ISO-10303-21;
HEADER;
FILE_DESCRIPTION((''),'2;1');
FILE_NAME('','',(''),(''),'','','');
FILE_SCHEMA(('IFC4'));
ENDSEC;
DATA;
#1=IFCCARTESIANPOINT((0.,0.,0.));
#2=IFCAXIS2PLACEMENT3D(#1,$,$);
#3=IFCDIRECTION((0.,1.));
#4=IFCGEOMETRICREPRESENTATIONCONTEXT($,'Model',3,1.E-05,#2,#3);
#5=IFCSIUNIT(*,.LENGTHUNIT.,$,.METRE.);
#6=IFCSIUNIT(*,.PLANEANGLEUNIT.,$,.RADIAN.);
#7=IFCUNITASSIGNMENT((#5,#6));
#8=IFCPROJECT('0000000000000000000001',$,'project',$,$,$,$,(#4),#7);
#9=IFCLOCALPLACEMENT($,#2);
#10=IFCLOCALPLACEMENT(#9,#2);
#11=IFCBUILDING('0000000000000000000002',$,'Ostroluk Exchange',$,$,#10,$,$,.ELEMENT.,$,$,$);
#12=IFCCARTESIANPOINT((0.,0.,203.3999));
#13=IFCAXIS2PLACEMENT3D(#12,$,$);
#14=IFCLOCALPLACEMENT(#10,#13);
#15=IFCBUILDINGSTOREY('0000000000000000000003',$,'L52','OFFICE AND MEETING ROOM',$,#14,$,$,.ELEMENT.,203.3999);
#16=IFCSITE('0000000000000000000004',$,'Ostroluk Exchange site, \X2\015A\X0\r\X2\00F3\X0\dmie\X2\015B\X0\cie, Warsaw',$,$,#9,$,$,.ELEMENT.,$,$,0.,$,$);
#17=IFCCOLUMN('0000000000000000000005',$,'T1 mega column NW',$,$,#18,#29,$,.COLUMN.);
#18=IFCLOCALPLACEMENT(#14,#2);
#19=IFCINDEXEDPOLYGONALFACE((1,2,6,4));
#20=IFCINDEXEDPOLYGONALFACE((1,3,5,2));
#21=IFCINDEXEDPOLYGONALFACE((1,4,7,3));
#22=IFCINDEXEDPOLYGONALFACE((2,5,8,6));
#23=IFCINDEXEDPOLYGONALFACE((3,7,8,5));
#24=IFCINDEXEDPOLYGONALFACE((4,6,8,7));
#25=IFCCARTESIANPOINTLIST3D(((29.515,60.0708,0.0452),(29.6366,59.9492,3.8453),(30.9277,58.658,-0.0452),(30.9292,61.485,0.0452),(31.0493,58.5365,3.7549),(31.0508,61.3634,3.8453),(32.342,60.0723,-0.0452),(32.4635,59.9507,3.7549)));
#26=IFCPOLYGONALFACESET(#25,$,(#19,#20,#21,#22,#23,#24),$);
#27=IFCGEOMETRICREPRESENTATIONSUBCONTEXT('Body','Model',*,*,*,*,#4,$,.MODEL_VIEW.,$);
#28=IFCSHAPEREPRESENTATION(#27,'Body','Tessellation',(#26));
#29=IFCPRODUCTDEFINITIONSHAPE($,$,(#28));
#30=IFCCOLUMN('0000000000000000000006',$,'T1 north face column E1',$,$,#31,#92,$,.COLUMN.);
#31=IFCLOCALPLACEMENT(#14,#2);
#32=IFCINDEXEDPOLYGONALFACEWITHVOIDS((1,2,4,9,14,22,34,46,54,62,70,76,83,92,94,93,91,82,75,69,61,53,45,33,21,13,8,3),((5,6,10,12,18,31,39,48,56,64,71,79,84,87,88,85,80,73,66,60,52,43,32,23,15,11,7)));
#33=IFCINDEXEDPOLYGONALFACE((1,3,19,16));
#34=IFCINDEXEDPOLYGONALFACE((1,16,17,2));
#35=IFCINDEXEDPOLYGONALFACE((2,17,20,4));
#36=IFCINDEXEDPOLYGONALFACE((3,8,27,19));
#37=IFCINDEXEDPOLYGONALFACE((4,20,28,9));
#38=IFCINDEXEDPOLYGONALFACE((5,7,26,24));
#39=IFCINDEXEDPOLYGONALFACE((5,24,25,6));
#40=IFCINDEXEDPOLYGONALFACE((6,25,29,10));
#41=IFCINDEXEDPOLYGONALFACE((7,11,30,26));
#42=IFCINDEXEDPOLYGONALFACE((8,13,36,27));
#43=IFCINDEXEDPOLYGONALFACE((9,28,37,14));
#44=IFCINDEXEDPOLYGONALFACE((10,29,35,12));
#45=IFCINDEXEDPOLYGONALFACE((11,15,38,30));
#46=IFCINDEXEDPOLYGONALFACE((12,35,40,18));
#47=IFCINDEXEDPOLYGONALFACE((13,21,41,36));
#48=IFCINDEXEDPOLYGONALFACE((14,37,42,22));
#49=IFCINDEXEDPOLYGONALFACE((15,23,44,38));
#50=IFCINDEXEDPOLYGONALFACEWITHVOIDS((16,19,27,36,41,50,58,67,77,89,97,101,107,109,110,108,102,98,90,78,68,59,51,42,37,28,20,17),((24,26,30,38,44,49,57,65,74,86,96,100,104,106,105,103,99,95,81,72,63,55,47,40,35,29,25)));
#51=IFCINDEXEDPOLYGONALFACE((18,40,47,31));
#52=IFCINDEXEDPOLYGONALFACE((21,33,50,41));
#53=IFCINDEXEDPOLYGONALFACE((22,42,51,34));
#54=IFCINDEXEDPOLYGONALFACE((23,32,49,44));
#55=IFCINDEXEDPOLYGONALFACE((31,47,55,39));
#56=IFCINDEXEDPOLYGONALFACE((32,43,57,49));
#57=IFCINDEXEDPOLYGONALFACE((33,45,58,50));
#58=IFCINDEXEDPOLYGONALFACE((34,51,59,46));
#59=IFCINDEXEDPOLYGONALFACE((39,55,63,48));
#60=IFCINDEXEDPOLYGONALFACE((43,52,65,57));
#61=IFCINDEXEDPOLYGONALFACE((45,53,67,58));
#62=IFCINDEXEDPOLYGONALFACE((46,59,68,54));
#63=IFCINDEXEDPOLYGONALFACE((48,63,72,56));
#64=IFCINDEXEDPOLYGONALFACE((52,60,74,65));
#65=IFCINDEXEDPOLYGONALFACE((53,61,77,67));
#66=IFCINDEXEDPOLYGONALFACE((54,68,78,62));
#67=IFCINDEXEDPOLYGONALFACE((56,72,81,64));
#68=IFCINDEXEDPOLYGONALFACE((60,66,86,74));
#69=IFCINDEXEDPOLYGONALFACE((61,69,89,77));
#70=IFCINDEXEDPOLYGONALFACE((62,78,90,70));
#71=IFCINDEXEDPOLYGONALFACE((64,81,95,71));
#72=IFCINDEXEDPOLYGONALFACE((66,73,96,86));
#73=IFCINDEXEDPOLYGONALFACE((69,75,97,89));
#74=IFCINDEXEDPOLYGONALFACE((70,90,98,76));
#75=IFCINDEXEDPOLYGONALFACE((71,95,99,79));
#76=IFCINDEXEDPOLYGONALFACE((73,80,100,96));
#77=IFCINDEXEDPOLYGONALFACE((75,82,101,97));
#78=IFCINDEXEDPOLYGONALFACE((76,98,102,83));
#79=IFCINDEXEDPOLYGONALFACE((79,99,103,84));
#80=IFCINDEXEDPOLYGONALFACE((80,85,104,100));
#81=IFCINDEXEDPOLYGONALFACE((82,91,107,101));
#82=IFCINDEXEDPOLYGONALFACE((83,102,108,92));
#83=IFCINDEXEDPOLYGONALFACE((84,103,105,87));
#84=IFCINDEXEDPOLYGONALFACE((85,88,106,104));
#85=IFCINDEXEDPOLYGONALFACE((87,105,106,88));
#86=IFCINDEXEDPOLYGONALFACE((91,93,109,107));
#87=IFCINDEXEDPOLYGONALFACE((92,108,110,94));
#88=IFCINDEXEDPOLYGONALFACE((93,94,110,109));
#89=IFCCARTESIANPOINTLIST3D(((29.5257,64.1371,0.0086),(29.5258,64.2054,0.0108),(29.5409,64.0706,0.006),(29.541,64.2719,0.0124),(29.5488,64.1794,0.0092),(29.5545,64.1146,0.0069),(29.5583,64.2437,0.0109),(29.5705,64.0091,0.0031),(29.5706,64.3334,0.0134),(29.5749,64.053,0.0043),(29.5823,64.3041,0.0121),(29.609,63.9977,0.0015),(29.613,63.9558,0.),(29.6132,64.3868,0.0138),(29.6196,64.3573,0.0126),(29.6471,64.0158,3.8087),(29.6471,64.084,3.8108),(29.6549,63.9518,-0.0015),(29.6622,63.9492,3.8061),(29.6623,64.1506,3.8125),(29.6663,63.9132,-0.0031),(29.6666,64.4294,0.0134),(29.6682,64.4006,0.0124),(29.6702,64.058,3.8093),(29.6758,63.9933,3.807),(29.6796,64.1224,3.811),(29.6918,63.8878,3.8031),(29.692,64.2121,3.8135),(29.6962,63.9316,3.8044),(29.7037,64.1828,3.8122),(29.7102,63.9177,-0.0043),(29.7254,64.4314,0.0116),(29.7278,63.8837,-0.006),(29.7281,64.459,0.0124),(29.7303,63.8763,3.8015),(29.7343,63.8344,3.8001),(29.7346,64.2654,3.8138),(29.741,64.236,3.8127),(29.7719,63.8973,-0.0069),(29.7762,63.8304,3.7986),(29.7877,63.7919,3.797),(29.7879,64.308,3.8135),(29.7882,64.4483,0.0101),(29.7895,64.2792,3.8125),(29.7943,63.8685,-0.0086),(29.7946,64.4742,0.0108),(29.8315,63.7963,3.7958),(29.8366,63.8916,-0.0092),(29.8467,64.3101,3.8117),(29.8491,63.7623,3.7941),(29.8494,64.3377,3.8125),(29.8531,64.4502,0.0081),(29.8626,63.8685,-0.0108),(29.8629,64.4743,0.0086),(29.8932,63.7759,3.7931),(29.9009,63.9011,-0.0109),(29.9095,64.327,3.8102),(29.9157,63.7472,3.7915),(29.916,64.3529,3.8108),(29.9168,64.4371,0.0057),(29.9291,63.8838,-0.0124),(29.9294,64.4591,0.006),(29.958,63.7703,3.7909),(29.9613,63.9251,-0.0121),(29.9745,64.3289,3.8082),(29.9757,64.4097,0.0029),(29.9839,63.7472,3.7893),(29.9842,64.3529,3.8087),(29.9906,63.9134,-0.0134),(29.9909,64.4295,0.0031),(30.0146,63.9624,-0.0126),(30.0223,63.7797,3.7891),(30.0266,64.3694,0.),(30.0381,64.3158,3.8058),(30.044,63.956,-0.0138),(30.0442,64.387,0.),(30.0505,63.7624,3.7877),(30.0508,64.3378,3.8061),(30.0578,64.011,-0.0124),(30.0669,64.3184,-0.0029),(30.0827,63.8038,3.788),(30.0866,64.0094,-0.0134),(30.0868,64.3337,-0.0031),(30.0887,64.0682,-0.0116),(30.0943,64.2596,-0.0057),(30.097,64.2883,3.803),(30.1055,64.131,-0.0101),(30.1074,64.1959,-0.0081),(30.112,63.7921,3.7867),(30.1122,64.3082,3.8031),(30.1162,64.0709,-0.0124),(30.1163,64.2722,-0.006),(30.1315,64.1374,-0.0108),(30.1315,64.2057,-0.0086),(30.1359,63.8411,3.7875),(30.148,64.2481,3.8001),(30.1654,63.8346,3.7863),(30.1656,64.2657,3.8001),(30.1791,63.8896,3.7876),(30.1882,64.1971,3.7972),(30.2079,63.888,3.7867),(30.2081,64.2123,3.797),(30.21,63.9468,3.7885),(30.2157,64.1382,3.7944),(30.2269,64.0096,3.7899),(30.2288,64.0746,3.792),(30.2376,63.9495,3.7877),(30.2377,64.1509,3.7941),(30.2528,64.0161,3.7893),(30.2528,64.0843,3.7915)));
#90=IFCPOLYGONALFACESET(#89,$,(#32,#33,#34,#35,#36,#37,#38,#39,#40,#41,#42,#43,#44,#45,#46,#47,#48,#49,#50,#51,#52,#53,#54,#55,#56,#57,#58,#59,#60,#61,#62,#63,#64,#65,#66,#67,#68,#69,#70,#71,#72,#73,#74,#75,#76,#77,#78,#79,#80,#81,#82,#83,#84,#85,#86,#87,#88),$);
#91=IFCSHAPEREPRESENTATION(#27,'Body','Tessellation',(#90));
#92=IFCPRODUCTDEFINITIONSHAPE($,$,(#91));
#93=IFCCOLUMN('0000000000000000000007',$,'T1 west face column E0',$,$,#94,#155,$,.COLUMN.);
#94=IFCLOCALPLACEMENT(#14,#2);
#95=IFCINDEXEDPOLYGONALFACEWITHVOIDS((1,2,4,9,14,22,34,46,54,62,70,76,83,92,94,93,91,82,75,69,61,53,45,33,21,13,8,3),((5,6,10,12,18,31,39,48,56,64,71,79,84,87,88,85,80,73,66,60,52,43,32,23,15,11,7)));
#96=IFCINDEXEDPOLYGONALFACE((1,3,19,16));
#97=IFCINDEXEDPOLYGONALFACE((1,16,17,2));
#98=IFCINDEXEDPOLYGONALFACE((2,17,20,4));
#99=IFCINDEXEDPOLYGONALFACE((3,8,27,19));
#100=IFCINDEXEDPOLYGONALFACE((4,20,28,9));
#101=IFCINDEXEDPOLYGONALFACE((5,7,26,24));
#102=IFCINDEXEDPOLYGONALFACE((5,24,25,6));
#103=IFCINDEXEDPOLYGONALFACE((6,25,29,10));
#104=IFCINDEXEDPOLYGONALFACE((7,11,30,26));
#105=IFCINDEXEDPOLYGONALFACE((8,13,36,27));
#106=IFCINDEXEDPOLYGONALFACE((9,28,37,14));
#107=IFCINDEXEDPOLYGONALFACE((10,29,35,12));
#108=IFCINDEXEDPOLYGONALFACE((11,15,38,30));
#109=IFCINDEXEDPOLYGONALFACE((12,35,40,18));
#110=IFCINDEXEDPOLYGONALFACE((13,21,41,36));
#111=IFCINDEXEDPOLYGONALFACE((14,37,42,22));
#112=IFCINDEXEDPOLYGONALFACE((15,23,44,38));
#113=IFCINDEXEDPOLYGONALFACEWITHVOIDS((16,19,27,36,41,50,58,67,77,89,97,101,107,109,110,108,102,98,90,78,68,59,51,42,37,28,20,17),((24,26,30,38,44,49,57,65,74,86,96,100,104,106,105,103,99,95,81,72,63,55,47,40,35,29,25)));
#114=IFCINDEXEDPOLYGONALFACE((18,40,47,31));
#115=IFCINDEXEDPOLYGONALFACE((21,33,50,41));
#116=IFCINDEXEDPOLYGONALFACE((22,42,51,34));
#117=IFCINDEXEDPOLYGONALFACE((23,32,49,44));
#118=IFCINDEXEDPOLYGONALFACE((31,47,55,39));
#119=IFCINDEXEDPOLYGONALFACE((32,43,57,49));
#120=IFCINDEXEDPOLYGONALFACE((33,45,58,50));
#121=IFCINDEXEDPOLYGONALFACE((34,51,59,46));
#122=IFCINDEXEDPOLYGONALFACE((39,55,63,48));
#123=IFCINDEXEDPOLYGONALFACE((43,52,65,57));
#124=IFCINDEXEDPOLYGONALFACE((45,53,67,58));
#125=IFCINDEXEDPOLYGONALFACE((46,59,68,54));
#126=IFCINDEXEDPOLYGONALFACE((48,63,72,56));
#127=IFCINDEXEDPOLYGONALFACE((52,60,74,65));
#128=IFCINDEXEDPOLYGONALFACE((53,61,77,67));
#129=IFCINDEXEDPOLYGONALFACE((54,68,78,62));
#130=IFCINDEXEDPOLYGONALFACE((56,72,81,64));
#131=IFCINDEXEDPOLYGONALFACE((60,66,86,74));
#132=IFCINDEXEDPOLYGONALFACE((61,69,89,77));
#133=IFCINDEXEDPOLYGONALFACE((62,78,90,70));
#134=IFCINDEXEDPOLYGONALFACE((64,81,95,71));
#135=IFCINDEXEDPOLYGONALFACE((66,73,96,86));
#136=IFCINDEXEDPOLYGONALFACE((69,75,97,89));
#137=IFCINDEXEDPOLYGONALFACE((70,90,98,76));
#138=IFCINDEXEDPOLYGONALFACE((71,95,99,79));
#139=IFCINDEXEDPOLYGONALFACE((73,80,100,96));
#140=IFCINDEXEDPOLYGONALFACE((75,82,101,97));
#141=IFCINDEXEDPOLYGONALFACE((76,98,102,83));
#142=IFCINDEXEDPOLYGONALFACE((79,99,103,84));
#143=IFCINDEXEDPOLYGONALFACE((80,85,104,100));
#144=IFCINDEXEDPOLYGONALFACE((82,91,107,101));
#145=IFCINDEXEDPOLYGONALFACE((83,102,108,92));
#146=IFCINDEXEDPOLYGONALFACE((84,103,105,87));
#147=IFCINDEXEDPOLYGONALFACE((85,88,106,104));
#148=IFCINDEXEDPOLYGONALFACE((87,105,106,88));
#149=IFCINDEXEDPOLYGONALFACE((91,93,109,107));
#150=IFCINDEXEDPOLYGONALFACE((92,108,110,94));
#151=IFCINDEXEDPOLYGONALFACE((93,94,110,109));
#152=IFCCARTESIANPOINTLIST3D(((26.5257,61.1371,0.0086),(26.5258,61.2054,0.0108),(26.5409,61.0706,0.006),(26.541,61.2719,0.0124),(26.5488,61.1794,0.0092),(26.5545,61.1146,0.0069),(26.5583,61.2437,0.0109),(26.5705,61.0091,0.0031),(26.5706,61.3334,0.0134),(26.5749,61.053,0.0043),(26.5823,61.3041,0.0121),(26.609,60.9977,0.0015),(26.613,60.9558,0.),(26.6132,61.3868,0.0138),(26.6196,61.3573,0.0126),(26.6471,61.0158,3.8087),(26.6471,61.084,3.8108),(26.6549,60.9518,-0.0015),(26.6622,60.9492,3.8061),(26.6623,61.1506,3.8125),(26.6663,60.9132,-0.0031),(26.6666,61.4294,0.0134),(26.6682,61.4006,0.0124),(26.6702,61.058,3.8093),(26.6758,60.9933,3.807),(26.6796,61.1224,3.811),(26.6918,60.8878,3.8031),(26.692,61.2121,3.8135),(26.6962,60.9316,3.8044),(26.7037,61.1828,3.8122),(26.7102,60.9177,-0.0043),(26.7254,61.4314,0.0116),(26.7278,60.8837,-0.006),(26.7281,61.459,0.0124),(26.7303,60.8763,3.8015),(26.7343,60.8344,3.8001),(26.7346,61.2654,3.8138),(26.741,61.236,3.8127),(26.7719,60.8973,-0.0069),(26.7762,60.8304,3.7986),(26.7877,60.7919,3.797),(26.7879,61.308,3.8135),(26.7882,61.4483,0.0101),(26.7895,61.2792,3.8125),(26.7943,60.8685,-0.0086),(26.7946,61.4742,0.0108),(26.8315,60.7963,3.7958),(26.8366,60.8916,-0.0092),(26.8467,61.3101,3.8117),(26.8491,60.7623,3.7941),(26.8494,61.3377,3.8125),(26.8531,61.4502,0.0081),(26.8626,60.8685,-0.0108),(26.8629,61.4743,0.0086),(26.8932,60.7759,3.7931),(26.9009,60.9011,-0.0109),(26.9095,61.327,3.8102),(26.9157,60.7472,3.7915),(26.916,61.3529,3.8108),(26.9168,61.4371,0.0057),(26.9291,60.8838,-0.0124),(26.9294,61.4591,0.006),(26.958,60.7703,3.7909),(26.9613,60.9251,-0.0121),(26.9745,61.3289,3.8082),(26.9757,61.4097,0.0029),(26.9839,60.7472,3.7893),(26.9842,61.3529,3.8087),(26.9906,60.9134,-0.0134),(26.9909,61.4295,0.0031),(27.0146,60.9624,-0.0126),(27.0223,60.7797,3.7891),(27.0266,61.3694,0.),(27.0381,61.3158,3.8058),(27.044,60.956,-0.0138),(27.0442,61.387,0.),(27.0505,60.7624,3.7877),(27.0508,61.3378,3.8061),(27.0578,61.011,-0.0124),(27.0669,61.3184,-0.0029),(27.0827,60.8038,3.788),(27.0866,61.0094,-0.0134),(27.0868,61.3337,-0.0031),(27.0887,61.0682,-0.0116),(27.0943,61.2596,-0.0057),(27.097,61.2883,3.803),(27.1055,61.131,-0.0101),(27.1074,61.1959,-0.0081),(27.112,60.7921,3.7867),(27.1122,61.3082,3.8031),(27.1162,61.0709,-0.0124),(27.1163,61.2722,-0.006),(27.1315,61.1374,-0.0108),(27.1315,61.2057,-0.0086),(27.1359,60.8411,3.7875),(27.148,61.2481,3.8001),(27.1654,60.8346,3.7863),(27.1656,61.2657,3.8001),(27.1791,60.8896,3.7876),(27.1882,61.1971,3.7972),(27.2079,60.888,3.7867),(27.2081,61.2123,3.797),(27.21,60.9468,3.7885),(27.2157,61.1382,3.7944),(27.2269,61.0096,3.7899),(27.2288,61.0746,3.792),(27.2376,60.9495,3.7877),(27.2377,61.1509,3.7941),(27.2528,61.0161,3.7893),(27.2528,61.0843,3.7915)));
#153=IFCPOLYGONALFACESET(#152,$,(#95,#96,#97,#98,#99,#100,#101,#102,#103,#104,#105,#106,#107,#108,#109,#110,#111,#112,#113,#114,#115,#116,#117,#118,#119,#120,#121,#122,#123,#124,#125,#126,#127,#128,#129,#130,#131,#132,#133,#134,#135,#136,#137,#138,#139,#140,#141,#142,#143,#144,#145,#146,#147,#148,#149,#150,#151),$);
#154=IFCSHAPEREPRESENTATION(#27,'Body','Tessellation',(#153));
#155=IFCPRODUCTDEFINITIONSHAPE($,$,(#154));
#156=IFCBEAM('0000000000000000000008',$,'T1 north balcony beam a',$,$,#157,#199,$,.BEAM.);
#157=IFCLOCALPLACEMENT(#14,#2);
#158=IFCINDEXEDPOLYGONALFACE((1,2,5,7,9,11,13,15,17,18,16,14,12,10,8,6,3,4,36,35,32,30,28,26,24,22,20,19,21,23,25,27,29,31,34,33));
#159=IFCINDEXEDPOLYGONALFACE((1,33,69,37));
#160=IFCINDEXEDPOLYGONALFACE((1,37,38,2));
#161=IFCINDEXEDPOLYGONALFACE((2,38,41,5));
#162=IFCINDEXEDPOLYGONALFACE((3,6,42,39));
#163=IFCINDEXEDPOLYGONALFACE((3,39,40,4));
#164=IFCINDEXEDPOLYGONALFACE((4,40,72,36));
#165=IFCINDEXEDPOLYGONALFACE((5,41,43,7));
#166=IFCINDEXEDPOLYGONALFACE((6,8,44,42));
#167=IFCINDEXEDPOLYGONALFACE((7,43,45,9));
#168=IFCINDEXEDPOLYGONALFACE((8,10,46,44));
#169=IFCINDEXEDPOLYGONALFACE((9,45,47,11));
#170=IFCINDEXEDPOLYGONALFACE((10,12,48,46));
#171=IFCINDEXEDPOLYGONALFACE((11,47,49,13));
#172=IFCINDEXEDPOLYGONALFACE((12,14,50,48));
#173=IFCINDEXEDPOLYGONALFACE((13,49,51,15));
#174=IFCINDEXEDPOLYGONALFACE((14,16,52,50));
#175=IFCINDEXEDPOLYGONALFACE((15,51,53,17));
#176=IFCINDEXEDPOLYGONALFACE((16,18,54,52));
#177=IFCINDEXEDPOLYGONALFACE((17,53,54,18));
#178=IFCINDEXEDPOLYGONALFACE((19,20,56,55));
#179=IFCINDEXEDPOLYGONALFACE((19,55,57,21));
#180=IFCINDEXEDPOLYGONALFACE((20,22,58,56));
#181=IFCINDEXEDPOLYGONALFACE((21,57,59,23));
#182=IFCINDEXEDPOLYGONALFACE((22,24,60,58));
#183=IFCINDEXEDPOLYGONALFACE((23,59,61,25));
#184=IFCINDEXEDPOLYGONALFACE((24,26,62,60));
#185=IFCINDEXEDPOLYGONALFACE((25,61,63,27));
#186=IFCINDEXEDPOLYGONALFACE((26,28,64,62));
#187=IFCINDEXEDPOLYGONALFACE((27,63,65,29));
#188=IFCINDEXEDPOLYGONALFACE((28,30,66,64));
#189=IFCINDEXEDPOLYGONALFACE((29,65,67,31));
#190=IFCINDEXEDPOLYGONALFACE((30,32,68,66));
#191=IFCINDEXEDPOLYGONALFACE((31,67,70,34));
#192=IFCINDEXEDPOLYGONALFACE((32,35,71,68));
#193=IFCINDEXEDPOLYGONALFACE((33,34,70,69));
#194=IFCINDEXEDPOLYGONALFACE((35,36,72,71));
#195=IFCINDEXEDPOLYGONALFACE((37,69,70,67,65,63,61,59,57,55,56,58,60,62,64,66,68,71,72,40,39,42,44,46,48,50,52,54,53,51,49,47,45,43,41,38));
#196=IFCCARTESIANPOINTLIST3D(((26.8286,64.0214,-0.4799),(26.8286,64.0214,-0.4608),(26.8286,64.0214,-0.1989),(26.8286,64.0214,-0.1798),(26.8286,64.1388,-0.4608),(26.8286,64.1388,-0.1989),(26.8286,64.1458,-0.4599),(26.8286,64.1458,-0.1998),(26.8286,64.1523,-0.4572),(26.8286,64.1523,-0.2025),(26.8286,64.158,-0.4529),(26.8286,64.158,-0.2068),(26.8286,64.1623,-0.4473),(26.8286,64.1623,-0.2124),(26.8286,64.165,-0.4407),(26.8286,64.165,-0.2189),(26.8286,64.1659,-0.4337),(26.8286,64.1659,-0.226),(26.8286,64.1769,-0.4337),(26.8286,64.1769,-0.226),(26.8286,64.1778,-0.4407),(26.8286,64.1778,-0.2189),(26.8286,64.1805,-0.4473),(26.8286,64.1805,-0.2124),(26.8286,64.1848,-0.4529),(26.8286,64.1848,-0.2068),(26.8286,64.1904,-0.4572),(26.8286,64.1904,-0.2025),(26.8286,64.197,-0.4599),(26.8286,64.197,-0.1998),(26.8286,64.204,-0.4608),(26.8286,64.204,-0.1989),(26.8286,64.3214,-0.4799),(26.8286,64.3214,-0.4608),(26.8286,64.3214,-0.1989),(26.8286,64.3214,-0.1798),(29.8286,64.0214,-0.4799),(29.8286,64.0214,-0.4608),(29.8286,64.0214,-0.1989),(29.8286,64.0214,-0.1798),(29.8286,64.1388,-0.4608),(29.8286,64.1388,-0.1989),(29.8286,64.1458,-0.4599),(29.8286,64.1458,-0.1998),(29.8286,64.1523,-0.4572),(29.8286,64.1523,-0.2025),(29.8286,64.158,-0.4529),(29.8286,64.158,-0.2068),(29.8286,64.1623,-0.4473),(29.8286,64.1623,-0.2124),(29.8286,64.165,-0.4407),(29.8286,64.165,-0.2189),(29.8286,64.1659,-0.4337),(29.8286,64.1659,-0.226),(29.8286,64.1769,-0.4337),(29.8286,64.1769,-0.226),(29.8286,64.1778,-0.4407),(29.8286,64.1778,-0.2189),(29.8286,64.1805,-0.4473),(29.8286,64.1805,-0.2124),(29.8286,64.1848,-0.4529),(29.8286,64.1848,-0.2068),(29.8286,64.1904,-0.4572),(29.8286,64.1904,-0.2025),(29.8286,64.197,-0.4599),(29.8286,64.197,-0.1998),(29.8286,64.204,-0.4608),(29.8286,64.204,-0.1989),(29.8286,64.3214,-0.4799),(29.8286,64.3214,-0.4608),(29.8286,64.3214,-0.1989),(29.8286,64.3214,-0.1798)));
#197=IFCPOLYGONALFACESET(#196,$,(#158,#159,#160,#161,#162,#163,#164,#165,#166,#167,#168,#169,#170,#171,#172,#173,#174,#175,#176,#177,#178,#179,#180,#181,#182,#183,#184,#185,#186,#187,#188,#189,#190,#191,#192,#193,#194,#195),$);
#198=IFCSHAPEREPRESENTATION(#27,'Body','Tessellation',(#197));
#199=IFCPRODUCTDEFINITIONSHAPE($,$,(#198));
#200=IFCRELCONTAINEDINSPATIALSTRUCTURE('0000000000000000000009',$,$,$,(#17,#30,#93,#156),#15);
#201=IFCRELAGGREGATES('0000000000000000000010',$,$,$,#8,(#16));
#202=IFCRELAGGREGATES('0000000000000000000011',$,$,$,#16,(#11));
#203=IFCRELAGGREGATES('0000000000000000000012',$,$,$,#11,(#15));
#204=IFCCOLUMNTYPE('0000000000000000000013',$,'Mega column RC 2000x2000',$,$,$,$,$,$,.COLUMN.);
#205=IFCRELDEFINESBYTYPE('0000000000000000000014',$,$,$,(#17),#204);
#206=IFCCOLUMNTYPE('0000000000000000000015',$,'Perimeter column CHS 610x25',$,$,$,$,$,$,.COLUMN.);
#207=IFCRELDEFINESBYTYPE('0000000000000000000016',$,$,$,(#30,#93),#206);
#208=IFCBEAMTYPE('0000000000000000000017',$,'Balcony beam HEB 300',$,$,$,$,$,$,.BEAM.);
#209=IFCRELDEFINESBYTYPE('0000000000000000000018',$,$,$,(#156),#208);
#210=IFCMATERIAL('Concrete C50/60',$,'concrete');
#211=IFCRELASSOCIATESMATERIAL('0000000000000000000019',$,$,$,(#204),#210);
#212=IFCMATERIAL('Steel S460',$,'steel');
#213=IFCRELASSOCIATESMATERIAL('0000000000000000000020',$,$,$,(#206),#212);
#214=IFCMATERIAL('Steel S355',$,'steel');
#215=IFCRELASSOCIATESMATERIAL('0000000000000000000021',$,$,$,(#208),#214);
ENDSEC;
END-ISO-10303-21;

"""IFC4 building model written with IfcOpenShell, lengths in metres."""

from ifc_helpers import new_model, si_unit, direction, frame, origin, origin_2d, place, context, subcontext, project, spatial, rectangle, hollow_circle, i_section, extrude, material, material_profile, profile_set, type_object, element, save


model = new_model("IFC4")

# Units and contexts
model_context = context("Model", 3, precision=1e-05, world=origin(), true_north=direction((0.0, 1.0)))
body_context = subcontext(model_context, "Body", "Model", "MODEL_VIEW")
ifc_project = project(units=[si_unit("LENGTHUNIT", "METRE"), si_unit("PLANEANGLEUNIT", "RADIAN")], contexts=[model_context])

# Site, building, storey
site_placement = place(None, origin())
site = spatial("IfcSite", under=ifc_project, at=site_placement, Name="Ostroluk Exchange site, Śródmieście, Warsaw", CompositionType="ELEMENT", RefElevation=0.0)
building_placement = place(site_placement, origin())
building = spatial("IfcBuilding", under=site, at=building_placement, Name="Ostroluk Exchange", CompositionType="ELEMENT")
storey_placement = place(building_placement, frame((0.0, 0.0, 203.3999)))
storey = spatial("IfcBuildingStorey", under=building, at=storey_placement, Name="L52", Description="OFFICE AND MEETING ROOM", CompositionType="ELEMENT", Elevation=203.3999)

# Columns
ifc_material_1 = material(Name="Concrete C50/60", Category="concrete")
ifc_material_profile_1 = material_profile(ifc_material_1, rectangle(XDim=2.0, YDim=2.0, at=origin_2d()), Name="RC 2000x2000")
ifc_profile_set_1 = profile_set([ifc_material_profile_1], Name="Concrete C50/60")
column_type_1 = type_object("IfcColumnType", Name="Mega column RC 2000x2000", PredefinedType="COLUMN", material=ifc_profile_set_1)
column_placement = place(storey_placement, frame((30.9285, 60.0715, 0.0), z_axis=(0.031962, -0.031962, 0.998978), x_axis=(0.707107, 0.707107, 0.0)))
element("IfcColumn", 1, at=column_placement, inside=storey, type_object=column_type_1, Name="T1 mega column NW", PredefinedType="COLUMN", context=body_context, shape_type="SweptSolid", body=[
    extrude(rectangle(XDim=2.0, YDim=2.0, at=origin_2d()), origin(), (0.0, 0.0, 1.0), 3.804),
])
ifc_material_2 = material(Name="Steel S460", Category="steel")
ifc_material_profile_2 = material_profile(ifc_material_2, hollow_circle(Radius=0.3049, WallThickness=0.0249, at=origin_2d()), Name="CHS 610x25")
ifc_profile_set_2 = profile_set([ifc_material_profile_2], Name="Steel S460")
column_type_2 = type_object("IfcColumnType", Name="Perimeter column CHS 610x25", PredefinedType="COLUMN", material=ifc_profile_set_2)
for number, where, z_axis, x_axis, name in (
    (2, (29.8286, 64.1714, 0.0), (0.031898, -0.031898, 0.998982), (0.707107, 0.707107, 0.0), "T1 north face column E1"),
    (3, (26.8286, 61.1714, 0.0), (0.031898, -0.031898, 0.998982), (0.707107, 0.707107, 0.0), "T1 west face column E0"),
):
    element("IfcColumn", number, at=place(storey_placement, frame(where, z_axis=z_axis, x_axis=x_axis)), inside=storey, type_object=column_type_2, Name=name, PredefinedType="COLUMN", context=body_context, shape_type="SweptSolid", body=[
        extrude(hollow_circle(Radius=0.3049, WallThickness=0.0249, at=origin_2d()), origin(), (0.0, 0.0, 1.0), 3.804),
    ])

# Beam
ifc_material_3 = material(Name="Steel S355", Category="steel")
ifc_material_profile_3 = material_profile(ifc_material_3, i_section(OverallWidth=0.3, OverallDepth=0.3, WebThickness=0.011, FlangeThickness=0.019, FilletRadius=0.0271, at=origin_2d()), Name="HEB 300")
ifc_profile_set_3 = profile_set([ifc_material_profile_3], Name="Steel S355")
beam_type_1 = type_object("IfcBeamType", Name="Balcony beam HEB 300", PredefinedType="BEAM", material=ifc_profile_set_3)
for number, where, z_axis, x_axis, name in (
    (4, (29.8286, 64.1714, -0.3298), (-1.0, 0.0, 0.0), (0.0, -1.0, 0.0), "T1 north balcony beam a"),
):
    element("IfcBeam", number, at=place(storey_placement, frame(where, z_axis=z_axis, x_axis=x_axis)), inside=storey, type_object=beam_type_1, Name=name, PredefinedType="BEAM", context=body_context, shape_type="SweptSolid", body=[
        extrude(i_section(OverallWidth=0.3, OverallDepth=0.3, WebThickness=0.011, FlangeThickness=0.019, FilletRadius=0.0271, at=origin_2d()), origin(), (0.0, 0.0, 1.0), 3.0),
    ])

save(model, "model.ifc")
